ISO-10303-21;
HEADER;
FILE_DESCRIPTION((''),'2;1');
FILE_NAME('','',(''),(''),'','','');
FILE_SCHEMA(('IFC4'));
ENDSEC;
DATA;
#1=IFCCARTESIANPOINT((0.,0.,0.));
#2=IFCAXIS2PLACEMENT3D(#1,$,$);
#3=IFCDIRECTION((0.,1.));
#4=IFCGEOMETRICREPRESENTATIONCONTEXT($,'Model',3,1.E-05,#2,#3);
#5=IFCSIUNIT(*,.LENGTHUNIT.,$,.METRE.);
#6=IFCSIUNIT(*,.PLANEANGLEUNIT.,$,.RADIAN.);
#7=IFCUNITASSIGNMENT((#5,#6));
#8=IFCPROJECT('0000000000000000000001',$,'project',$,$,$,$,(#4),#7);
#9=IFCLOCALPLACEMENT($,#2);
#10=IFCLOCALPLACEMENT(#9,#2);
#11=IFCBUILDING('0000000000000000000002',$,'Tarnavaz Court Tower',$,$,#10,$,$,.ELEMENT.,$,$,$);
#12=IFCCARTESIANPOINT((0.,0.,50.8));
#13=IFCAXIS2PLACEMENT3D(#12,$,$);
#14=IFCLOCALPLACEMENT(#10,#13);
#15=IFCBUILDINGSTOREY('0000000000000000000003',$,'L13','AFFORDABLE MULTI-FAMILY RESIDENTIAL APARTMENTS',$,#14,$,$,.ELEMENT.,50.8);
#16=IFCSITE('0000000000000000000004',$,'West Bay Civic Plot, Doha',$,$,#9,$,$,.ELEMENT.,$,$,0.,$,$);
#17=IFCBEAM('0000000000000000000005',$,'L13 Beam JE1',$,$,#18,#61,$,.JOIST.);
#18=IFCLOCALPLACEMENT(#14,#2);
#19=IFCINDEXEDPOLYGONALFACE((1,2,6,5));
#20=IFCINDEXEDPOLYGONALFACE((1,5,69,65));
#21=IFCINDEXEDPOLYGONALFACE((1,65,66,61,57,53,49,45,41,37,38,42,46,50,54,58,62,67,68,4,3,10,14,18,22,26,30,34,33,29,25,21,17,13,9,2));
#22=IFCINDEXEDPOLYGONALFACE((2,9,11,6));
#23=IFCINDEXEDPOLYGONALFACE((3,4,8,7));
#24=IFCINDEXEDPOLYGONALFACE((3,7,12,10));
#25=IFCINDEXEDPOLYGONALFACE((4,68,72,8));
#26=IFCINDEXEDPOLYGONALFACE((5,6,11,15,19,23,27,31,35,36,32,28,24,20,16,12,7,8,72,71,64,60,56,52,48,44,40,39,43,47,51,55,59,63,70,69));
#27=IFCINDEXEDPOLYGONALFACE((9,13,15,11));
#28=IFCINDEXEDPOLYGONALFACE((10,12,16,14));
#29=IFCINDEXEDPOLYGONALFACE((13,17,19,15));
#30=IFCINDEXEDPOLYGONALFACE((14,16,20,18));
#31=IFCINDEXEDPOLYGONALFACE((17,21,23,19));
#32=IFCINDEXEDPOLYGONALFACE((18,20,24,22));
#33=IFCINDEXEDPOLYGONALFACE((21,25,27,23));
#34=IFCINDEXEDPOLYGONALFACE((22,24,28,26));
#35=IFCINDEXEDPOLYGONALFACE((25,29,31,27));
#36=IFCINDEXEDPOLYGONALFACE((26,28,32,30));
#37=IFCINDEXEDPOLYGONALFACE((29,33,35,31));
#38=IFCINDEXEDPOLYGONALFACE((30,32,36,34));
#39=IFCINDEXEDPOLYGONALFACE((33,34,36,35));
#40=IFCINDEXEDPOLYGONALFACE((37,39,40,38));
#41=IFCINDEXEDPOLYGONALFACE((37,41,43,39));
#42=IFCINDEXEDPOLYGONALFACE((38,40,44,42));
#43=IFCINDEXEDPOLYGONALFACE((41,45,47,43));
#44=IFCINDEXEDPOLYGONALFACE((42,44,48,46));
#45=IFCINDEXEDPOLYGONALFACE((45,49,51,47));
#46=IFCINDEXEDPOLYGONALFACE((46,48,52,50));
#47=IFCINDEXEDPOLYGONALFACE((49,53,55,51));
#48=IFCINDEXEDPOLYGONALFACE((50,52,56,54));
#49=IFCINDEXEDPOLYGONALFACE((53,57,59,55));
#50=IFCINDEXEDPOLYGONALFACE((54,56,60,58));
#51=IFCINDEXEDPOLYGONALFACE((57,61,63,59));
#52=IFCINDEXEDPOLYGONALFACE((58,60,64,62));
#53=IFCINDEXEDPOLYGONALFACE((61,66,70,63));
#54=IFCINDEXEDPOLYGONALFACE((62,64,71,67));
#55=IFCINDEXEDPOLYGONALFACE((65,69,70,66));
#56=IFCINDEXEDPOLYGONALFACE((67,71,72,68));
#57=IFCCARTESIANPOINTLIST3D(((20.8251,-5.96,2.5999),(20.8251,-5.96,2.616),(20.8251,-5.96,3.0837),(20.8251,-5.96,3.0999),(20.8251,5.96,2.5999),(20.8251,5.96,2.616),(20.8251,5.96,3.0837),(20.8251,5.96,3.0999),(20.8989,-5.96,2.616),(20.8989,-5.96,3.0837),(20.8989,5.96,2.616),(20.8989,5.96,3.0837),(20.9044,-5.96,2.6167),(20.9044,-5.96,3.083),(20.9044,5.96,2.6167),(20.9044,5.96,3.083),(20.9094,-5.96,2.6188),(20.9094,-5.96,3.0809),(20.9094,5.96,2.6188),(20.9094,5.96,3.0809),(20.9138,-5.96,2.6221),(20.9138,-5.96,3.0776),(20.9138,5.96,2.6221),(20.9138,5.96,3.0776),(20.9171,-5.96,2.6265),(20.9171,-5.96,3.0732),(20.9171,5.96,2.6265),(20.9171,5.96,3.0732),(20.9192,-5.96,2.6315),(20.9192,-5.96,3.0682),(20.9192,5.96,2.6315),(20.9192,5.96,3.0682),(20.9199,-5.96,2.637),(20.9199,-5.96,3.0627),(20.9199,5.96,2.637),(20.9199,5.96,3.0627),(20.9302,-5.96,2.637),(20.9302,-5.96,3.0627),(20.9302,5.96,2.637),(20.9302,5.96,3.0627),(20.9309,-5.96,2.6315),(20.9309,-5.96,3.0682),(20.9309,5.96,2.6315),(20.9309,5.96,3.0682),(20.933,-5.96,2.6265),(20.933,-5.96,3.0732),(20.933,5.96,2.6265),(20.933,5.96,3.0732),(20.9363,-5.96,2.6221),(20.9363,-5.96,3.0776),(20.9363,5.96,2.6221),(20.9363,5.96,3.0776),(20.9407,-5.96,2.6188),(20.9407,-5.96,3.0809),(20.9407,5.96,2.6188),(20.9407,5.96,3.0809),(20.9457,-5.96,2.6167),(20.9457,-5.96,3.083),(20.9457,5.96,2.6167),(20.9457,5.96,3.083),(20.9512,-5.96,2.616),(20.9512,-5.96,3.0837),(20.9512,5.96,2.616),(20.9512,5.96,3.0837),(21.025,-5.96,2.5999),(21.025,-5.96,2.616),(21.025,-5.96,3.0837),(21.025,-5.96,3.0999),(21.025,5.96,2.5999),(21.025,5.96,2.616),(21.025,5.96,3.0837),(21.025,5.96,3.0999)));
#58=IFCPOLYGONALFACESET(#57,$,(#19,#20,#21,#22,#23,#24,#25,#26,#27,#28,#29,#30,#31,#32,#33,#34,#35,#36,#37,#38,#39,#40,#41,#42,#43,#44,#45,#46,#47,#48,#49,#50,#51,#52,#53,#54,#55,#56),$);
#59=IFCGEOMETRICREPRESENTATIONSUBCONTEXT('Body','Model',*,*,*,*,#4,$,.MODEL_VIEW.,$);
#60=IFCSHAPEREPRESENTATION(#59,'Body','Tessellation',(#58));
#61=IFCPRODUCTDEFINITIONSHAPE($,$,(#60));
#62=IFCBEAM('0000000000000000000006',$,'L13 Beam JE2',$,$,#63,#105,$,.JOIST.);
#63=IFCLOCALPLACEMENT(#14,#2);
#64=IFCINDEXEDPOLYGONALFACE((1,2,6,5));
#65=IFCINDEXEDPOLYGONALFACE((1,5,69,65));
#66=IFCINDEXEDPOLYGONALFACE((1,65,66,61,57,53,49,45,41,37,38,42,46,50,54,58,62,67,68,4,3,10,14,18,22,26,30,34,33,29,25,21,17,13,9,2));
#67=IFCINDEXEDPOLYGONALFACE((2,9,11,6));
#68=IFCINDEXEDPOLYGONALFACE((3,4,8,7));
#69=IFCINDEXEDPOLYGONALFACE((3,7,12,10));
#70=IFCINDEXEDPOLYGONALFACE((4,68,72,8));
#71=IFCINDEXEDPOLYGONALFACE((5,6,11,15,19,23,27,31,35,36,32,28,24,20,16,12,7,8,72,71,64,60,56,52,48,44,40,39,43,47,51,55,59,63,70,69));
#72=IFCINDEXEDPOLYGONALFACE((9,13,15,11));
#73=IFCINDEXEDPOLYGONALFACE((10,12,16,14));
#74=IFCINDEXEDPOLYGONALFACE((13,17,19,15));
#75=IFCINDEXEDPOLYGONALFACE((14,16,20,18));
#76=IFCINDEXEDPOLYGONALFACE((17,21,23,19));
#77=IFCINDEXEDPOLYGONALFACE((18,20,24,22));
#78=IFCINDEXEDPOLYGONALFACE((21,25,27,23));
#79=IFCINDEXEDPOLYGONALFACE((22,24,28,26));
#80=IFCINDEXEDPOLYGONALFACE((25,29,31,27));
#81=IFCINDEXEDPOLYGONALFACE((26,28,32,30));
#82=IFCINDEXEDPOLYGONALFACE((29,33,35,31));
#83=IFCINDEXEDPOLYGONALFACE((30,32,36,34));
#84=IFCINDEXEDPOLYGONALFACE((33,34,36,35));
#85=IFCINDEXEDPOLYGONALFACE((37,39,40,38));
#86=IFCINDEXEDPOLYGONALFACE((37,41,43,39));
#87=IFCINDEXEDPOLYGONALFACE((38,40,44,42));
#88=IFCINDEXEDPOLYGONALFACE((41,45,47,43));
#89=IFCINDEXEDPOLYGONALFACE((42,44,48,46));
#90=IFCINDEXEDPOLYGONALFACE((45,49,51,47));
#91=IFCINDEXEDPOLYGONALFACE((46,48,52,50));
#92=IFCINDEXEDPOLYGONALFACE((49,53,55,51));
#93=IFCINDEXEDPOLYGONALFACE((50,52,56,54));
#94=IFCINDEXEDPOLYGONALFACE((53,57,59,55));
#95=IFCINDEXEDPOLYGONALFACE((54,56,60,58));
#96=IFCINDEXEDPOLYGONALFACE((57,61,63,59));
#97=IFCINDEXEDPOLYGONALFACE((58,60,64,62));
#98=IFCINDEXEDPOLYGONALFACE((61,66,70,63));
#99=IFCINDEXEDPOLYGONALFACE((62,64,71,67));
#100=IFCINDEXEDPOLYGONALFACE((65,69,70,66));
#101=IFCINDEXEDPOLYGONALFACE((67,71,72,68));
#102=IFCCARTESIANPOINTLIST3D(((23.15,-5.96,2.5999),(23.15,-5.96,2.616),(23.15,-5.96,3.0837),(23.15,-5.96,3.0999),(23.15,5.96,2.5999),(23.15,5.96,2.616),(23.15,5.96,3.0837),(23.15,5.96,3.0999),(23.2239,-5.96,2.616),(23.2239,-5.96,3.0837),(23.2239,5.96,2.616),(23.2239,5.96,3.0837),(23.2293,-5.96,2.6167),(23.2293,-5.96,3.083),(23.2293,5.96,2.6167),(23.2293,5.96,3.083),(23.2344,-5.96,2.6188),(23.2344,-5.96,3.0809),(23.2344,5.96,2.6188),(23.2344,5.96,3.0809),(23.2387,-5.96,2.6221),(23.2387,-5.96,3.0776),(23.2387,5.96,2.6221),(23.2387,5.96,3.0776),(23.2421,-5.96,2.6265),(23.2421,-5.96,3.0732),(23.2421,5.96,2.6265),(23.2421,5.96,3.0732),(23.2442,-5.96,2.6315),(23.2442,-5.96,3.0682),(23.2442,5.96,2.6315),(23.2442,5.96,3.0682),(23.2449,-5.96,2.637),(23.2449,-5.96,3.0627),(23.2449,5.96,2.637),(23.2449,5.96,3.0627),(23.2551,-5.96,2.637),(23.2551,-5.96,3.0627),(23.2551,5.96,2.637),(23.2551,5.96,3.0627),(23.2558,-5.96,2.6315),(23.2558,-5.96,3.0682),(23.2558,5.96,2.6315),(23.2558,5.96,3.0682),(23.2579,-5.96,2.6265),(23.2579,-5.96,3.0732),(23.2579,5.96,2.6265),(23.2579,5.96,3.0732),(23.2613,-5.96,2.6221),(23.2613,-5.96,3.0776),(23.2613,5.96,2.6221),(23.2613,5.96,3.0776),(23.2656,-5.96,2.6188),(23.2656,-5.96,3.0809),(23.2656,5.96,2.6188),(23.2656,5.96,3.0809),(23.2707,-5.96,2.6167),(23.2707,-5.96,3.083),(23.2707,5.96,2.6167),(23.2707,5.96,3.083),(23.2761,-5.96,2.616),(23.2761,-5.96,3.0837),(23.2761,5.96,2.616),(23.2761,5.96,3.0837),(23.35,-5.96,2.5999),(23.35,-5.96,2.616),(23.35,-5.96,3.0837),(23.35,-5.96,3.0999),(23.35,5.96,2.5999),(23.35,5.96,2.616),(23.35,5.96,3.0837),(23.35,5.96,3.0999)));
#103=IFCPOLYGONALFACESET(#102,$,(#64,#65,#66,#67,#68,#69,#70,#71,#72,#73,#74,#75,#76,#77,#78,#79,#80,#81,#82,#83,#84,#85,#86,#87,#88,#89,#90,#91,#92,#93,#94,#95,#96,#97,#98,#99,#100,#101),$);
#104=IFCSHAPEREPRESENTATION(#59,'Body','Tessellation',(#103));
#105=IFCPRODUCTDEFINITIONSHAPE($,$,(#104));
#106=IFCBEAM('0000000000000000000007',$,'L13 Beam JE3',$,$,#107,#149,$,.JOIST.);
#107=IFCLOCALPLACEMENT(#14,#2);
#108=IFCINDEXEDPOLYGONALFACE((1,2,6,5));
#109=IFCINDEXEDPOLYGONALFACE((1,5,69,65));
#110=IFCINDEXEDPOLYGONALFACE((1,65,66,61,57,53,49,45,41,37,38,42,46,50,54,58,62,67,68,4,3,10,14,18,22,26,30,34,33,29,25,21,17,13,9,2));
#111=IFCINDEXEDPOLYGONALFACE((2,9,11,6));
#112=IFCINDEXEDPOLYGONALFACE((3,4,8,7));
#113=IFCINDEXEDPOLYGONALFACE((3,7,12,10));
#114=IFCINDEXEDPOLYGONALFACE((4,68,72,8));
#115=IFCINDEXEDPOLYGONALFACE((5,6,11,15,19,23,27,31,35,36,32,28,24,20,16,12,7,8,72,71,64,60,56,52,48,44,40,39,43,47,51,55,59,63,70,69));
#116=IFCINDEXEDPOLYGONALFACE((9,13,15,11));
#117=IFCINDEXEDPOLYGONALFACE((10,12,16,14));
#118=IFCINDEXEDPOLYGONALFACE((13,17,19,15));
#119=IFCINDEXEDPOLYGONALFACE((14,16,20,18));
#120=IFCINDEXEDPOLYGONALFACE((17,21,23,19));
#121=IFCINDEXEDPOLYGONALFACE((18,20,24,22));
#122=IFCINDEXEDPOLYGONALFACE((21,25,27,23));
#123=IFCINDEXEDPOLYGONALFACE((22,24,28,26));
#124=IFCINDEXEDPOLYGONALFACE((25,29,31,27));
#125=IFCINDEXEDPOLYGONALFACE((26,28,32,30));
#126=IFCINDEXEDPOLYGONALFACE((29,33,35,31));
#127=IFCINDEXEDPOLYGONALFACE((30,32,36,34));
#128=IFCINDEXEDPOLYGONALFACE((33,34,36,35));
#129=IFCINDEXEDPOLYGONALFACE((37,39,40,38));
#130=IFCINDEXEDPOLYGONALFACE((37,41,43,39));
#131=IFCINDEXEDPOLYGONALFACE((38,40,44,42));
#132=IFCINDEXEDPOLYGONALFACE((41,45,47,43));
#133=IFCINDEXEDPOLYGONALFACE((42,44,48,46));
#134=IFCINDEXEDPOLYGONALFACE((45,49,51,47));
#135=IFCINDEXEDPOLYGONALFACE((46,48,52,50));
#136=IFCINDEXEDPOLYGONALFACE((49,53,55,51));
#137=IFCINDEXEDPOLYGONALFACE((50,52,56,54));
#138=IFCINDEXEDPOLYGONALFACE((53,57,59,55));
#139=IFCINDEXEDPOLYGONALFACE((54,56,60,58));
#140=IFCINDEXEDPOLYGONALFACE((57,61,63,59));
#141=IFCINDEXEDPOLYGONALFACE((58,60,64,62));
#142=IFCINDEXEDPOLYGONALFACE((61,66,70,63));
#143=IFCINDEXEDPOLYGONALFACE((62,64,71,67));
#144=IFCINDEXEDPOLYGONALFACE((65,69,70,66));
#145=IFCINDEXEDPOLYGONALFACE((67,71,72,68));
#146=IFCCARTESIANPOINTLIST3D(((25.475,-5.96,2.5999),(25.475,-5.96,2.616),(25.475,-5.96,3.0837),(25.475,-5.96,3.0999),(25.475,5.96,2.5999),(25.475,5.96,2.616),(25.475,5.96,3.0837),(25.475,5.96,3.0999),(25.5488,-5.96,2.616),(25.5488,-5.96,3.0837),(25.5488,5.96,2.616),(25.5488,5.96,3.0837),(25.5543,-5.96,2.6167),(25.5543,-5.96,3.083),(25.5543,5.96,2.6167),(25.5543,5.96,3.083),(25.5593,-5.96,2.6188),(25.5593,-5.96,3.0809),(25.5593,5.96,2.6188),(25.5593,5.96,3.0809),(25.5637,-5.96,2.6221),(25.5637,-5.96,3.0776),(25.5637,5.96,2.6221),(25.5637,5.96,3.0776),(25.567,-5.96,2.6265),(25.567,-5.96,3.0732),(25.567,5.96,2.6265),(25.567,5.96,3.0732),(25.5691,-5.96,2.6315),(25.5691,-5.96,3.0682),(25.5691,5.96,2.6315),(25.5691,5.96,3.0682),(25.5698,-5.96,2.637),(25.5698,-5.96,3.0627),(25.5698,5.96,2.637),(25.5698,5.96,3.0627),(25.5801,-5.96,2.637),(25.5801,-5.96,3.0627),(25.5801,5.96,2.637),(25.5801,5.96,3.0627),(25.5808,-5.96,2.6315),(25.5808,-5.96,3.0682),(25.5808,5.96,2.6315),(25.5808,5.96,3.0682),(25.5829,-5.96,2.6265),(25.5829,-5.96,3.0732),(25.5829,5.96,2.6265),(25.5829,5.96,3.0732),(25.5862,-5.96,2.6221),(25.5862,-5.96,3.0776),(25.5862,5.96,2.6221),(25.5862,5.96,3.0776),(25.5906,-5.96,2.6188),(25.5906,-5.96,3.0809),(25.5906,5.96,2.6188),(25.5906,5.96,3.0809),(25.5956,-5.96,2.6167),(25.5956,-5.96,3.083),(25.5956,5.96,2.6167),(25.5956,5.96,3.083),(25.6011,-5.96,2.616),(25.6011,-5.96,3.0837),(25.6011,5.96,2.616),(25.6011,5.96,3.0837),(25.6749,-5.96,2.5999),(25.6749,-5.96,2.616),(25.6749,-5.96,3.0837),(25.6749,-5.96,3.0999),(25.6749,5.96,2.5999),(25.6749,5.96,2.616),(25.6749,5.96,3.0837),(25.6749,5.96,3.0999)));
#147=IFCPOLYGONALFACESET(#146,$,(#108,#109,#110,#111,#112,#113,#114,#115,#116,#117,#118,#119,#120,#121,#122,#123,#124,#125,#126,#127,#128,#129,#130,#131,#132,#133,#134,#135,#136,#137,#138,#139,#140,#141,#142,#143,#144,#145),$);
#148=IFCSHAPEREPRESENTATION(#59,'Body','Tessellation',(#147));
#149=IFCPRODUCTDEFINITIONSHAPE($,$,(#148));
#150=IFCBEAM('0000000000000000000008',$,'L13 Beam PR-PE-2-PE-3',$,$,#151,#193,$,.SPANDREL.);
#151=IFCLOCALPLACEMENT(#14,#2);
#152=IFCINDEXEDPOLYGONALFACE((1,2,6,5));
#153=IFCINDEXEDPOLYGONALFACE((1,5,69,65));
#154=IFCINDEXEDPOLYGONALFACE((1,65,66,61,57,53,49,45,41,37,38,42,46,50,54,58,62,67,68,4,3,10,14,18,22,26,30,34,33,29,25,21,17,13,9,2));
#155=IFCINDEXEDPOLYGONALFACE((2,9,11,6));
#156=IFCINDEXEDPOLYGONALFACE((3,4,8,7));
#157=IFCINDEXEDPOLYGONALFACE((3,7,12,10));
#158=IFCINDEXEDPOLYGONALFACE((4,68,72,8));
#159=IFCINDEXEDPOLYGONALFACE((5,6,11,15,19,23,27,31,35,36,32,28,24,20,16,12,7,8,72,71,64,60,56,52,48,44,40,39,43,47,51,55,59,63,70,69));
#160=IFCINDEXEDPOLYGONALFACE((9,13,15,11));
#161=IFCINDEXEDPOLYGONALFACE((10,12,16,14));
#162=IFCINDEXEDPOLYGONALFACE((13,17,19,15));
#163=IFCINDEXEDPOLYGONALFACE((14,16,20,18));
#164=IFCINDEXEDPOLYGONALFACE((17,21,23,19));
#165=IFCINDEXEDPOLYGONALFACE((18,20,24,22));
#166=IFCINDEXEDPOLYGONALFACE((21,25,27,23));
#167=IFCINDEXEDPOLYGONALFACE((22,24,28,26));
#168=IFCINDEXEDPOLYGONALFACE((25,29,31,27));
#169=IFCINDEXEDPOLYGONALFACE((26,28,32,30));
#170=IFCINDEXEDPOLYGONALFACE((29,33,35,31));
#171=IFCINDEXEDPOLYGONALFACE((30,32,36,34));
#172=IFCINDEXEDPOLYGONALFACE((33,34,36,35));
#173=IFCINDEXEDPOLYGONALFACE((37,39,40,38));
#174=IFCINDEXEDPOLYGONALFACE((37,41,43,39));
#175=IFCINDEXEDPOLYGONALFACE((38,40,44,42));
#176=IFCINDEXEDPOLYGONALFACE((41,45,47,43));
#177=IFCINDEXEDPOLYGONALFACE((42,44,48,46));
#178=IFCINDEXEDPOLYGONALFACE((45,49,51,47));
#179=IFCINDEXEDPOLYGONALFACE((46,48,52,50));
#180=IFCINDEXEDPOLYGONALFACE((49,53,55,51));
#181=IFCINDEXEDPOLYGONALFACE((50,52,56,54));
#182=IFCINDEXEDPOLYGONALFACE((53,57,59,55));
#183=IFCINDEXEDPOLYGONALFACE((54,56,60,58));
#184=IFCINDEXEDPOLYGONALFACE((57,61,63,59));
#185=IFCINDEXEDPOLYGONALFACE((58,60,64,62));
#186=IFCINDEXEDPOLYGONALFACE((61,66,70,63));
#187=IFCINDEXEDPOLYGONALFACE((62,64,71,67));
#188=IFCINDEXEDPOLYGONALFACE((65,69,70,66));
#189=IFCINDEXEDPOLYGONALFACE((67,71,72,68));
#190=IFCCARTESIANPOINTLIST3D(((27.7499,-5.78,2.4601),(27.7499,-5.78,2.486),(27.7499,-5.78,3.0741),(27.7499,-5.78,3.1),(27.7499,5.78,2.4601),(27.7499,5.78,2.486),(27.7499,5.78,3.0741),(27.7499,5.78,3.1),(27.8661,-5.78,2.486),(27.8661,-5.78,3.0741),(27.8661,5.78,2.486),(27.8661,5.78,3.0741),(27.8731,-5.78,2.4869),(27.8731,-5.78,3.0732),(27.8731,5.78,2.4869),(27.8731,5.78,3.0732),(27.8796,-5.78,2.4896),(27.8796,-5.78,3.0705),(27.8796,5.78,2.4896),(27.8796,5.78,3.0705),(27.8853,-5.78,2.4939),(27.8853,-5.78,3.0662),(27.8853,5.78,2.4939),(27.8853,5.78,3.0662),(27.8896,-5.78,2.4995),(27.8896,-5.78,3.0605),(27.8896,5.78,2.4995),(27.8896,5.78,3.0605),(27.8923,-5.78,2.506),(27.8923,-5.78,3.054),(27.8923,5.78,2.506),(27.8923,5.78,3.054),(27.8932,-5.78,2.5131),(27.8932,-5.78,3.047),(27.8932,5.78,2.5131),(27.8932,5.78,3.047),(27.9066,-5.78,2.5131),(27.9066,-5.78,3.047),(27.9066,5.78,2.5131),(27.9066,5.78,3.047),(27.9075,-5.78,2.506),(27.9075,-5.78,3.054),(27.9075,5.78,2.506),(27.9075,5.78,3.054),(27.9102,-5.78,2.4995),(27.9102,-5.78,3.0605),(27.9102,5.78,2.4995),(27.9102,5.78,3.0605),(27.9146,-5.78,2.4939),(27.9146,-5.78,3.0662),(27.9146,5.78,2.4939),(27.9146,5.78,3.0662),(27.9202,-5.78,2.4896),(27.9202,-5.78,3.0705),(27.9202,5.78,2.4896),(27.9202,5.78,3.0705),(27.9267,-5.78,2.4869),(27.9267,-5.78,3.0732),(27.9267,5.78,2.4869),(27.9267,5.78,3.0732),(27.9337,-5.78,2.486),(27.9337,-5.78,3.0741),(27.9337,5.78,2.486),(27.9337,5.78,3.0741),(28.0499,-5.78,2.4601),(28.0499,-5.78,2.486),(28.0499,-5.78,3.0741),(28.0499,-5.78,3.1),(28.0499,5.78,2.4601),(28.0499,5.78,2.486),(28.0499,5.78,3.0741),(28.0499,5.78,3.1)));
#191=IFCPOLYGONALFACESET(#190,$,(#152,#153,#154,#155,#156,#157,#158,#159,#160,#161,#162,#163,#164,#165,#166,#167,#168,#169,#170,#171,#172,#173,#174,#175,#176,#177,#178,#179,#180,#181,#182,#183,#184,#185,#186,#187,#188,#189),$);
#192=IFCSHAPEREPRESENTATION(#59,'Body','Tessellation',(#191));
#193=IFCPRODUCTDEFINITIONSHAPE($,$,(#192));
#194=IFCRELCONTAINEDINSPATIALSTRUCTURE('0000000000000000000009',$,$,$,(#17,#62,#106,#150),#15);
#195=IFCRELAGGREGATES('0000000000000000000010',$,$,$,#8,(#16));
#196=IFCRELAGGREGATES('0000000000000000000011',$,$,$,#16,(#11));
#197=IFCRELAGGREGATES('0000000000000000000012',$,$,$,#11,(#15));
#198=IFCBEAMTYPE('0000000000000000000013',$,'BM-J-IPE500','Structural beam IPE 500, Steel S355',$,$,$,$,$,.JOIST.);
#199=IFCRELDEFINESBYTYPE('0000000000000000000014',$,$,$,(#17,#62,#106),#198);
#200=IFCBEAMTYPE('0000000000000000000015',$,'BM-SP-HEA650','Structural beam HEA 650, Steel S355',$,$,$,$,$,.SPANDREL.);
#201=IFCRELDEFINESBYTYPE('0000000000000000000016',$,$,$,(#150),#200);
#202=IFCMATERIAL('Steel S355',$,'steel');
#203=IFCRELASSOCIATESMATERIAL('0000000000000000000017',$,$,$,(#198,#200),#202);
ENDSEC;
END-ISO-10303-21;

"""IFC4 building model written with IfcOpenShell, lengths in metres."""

from ifc_helpers import new_model, si_unit, direction, frame, origin, origin_2d, place, context, subcontext, project, spatial, i_section, extrude, material, material_profile, profile_set, type_object, element, save


model = new_model("IFC4")

# Units and contexts
model_context = context("Model", 3, precision=1e-05, world=origin(), true_north=direction((0.0, 1.0)))
body_context = subcontext(model_context, "Body", "Model", "MODEL_VIEW")
ifc_project = project(units=[si_unit("LENGTHUNIT", "METRE"), si_unit("PLANEANGLEUNIT", "RADIAN")], contexts=[model_context])

# Site, building, storey
site_placement = place(None, origin())
site = spatial("IfcSite", under=ifc_project, at=site_placement, Name="West Bay Civic Plot, Doha", CompositionType="ELEMENT", RefElevation=0.0)
building_placement = place(site_placement, origin())
building = spatial("IfcBuilding", under=site, at=building_placement, Name="Tarnavaz Court Tower", CompositionType="ELEMENT")
storey_placement = place(building_placement, frame((0.0, 0.0, 50.8)))
storey = spatial("IfcBuildingStorey", under=building, at=storey_placement, Name="L13", Description="AFFORDABLE MULTI-FAMILY RESIDENTIAL APARTMENTS", CompositionType="ELEMENT", Elevation=50.8)

# Beams
ifc_material_1 = material(Name="Steel S355", Category="steel")
ifc_material_profile_1 = material_profile(ifc_material_1, i_section(OverallWidth=0.2, OverallDepth=0.5, WebThickness=0.0103, FlangeThickness=0.0161, FilletRadius=0.021, at=origin_2d()), Name="IPE 500")
ifc_profile_set_1 = profile_set([ifc_material_profile_1], Name="Steel S355")
beam_type_1 = type_object("IfcBeamType", Name="BM-J-IPE500", Description="Structural beam IPE 500, Steel S355", PredefinedType="JOIST", material=ifc_profile_set_1)
for number, where, z_axis, x_axis, name in (
    (1, (20.925, -5.96, 2.8499), (0.0, 1.0, 0.0), (-1.0, 0.0, 0.0), "L13 Beam JE1"),
    (2, (23.25, -5.96, 2.8499), (0.0, 1.0, 0.0), (-1.0, 0.0, 0.0), "L13 Beam JE2"),
    (3, (25.575, -5.96, 2.8499), (0.0, 1.0, 0.0), (-1.0, 0.0, 0.0), "L13 Beam JE3"),
):
    element("IfcBeam", number, at=place(storey_placement, frame(where, z_axis=z_axis, x_axis=x_axis)), inside=storey, type_object=beam_type_1, Name=name, PredefinedType="JOIST", context=body_context, shape_type="SweptSolid", body=[
        extrude(i_section(OverallWidth=0.2, OverallDepth=0.5, WebThickness=0.0103, FlangeThickness=0.0161, FilletRadius=0.021, at=origin_2d()), origin(), (0.0, 0.0, 1.0), 11.9199),
    ])
ifc_material_profile_2 = material_profile(ifc_material_1, i_section(OverallWidth=0.3, OverallDepth=0.6399, WebThickness=0.0134, FlangeThickness=0.0259, FilletRadius=0.0271, at=origin_2d()), Name="HEA 650")
ifc_profile_set_2 = profile_set([ifc_material_profile_2], Name="Steel S355")
beam_type_2 = type_object("IfcBeamType", Name="BM-SP-HEA650", Description="Structural beam HEA 650, Steel S355", PredefinedType="SPANDREL", material=ifc_profile_set_2)
beam_1_placement = place(storey_placement, frame((27.8999, -5.78, 2.78), z_axis=(0.0, 1.0, 0.0), x_axis=(-1.0, 0.0, 0.0)))
element("IfcBeam", 4, at=beam_1_placement, inside=storey, type_object=beam_type_2, Name="L13 Beam PR-PE-2-PE-3", PredefinedType="SPANDREL", context=body_context, shape_type="SweptSolid", body=[
    extrude(i_section(OverallWidth=0.3, OverallDepth=0.6399, WebThickness=0.0134, FlangeThickness=0.0259, FilletRadius=0.0271, at=origin_2d()), origin(), (0.0, 0.0, 1.0), 11.5601),
])

save(model, "model.ifc")
